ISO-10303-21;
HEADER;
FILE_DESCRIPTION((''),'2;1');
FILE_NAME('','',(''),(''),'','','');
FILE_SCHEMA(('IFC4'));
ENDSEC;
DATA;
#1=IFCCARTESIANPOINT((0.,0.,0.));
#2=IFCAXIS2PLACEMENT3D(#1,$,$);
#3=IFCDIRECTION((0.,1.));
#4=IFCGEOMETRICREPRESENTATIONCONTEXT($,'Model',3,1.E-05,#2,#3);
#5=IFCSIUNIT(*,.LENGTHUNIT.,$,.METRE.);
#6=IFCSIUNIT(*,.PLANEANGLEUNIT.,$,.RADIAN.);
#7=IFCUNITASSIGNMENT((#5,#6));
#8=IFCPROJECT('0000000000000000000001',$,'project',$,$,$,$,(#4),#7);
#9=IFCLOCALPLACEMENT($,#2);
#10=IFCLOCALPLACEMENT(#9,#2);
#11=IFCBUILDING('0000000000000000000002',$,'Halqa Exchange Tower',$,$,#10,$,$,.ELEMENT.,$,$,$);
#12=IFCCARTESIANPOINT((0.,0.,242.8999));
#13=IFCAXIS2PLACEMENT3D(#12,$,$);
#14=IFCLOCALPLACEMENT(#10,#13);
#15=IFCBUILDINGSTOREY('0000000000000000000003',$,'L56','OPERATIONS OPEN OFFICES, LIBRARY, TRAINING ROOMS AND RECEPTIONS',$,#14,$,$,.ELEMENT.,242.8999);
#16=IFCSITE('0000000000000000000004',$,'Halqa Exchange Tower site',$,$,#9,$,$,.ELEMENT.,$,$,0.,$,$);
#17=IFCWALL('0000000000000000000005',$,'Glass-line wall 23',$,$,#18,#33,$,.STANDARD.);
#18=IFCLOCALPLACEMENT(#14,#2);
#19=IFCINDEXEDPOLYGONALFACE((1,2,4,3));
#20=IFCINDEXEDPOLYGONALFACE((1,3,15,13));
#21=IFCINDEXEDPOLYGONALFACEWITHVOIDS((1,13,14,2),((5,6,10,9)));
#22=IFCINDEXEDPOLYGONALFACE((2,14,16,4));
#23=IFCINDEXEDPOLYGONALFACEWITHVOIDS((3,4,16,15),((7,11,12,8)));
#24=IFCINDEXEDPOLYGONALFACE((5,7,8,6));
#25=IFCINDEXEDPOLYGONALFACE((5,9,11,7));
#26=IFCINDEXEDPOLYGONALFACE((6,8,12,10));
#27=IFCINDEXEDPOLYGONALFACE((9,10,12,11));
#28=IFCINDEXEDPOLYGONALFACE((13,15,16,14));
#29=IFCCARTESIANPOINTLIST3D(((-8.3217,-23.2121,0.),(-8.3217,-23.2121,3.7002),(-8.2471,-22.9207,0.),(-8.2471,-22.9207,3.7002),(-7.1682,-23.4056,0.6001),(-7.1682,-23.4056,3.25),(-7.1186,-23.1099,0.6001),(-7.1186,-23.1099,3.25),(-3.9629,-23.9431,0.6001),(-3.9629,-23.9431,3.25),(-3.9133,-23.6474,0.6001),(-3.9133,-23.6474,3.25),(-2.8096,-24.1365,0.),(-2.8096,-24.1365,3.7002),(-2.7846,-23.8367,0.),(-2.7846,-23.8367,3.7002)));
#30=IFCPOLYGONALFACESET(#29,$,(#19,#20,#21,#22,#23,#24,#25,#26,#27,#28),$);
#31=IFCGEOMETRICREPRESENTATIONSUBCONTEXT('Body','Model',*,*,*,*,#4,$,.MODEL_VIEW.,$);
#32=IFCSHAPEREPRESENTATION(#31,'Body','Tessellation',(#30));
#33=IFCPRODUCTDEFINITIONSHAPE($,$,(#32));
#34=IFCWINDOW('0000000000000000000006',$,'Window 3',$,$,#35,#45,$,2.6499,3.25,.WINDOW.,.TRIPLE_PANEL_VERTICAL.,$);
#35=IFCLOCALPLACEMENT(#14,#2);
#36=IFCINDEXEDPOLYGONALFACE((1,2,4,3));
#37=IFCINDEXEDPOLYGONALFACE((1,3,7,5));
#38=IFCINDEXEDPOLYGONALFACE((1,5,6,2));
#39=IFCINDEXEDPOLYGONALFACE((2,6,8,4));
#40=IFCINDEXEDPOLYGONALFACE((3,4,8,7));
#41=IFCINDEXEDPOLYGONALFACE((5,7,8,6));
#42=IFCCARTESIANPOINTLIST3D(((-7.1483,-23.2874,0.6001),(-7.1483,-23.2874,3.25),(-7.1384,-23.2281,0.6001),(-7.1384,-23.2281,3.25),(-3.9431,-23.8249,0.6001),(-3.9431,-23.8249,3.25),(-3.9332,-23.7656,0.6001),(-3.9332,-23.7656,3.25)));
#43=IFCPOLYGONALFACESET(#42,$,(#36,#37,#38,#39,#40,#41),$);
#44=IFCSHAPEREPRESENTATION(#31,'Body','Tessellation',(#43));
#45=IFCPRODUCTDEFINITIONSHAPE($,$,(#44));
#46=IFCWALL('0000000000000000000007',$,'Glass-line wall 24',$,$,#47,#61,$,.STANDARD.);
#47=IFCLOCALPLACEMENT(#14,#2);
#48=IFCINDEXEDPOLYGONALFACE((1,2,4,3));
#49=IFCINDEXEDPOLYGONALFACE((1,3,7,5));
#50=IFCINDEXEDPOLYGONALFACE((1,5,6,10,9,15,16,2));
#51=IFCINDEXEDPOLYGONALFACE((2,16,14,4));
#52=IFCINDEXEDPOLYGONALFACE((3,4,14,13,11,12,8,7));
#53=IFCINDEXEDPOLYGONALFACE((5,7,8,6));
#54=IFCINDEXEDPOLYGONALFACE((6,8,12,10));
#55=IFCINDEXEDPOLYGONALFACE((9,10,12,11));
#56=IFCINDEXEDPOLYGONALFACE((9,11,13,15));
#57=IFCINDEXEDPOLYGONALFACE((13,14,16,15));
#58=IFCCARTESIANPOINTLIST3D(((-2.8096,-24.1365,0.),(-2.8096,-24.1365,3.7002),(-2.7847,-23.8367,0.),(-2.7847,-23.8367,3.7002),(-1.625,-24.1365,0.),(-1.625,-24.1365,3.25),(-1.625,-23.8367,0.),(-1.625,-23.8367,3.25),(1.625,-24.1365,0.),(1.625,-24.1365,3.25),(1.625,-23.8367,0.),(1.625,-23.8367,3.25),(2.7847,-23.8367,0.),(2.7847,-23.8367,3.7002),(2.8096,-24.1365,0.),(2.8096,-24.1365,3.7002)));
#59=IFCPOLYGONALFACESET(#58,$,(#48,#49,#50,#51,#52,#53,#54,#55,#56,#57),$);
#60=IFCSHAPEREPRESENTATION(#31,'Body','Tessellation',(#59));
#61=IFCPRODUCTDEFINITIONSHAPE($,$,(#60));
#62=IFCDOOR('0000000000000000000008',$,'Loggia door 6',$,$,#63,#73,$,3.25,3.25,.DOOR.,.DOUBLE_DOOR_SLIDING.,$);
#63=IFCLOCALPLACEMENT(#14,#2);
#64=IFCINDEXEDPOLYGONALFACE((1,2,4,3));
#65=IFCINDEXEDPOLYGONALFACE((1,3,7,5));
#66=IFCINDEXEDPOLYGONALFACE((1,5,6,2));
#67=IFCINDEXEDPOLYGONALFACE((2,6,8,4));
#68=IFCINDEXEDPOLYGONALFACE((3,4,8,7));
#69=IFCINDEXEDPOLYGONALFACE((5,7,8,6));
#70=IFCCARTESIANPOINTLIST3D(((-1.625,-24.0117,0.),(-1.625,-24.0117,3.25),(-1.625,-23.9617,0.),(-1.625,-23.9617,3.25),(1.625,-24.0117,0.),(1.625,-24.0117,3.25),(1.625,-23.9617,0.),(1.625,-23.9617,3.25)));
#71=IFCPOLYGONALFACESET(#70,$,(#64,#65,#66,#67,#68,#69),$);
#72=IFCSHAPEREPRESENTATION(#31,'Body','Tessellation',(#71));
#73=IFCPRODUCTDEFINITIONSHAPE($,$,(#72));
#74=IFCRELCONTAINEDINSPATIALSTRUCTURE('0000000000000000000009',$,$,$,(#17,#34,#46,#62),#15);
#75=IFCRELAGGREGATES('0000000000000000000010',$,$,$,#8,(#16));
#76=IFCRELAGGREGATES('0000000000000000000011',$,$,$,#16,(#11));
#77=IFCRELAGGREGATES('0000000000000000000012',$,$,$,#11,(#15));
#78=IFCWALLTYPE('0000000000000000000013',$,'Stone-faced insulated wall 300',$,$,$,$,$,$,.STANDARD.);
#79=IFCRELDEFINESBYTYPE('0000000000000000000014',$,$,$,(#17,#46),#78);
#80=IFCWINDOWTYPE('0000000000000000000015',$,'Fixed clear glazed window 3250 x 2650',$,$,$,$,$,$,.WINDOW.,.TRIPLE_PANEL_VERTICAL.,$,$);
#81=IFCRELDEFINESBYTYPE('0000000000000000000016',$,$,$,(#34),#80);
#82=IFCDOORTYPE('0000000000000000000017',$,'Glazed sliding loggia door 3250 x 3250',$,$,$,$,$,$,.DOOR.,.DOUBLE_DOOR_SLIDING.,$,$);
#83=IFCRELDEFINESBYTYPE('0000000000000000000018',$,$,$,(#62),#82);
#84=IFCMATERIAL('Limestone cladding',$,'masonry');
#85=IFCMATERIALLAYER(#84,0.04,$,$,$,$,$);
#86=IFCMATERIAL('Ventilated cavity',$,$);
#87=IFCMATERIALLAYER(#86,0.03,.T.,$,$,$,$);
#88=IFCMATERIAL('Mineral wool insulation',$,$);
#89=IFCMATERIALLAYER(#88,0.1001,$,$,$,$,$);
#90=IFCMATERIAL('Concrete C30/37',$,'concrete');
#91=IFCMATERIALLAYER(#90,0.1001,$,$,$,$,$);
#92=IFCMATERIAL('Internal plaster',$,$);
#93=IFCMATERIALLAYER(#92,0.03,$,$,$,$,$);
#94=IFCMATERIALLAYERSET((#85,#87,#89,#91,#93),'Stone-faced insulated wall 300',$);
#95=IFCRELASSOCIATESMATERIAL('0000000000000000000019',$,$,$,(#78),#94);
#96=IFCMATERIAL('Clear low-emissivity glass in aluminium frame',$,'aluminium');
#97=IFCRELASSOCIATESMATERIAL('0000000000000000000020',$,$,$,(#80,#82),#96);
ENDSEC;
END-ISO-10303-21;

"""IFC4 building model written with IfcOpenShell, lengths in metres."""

from ifc_helpers import new_model, si_unit, direction, frame, frame_2d, origin, place, context, subcontext, project, spatial, polyline, rectangle, outline, extrude, material, layer, layer_set, type_object, element, fill, save


model = new_model("IFC4")

# Units and contexts
model_context = context("Model", 3, precision=1e-05, world=origin(), true_north=direction((0.0, 1.0)))
body_context = subcontext(model_context, "Body", "Model", "MODEL_VIEW")
ifc_project = project(units=[si_unit("LENGTHUNIT", "METRE"), si_unit("PLANEANGLEUNIT", "RADIAN")], contexts=[model_context])

# Site, building, storey
site_placement = place(None, origin())
site = spatial("IfcSite", under=ifc_project, at=site_placement, Name="Halqa Exchange Tower site", CompositionType="ELEMENT", RefElevation=0.0)
building_placement = place(site_placement, origin())
building = spatial("IfcBuilding", under=site, at=building_placement, Name="Halqa Exchange Tower", CompositionType="ELEMENT")
storey_placement = place(building_placement, frame((0.0, 0.0, 242.8999)))
storey = spatial("IfcBuildingStorey", under=building, at=storey_placement, Name="L56", Description="OPERATIONS OPEN OFFICES, LIBRARY, TRAINING ROOMS AND RECEPTIONS", CompositionType="ELEMENT", Elevation=242.8999)

# Shared definitions
ifc_material_1 = material(Name="Concrete C30/37", Category="concrete")

# Wall, opening, window
ifc_material_2 = material(Name="Limestone cladding", Category="masonry")
ifc_layer_1 = layer(ifc_material_2, 0.04)
ifc_material_3 = material(Name="Ventilated cavity")
ifc_layer_2 = layer(ifc_material_3, 0.03, ventilated=True)
ifc_material_4 = material(Name="Mineral wool insulation")
ifc_layer_3 = layer(ifc_material_4, 0.1001)
ifc_layer_4 = layer(ifc_material_1, 0.1001)
ifc_material_5 = material(Name="Internal plaster")
ifc_layer_5 = layer(ifc_material_5, 0.03)
ifc_layer_set_1 = layer_set([ifc_layer_1, ifc_layer_2, ifc_layer_3, ifc_layer_4, ifc_layer_5], Name="Stone-faced insulated wall 300")
wall_type_1 = type_object("IfcWallType", Name="Stone-faced insulated wall 300", PredefinedType="STANDARD", material=ifc_layer_set_1)
wall_1_placement = place(storey_placement, frame((-8.2844, -23.0664, 0.0), z_axis=(0.0, 0.0, 1.0), x_axis=(0.98623, -0.165381, 0.0)))
wall_1 = element("IfcWall", 1, at=wall_1_placement, inside=storey, type_object=wall_type_1, Name="Glass-line wall 23", PredefinedType="STANDARD", context=body_context, shape_type="SweptSolid", body=[
    extrude(outline(polyline([(-0.0127, -0.1499), (5.5764, -0.1499), (5.5515, 0.1499), (0.0127, 0.1499), (-0.0127, -0.1499)])), origin(), (0.0, 0.0, 1.0), 3.7002),
])
opening_1_placement = place(wall_1_placement, frame((1.157, 0.0, 0.6001)))
opening_1 = element("IfcOpeningElement", 2, at=opening_1_placement, cuts=wall_1, PredefinedType="OPENING", context=body_context, shape_type="SweptSolid", body=[
    extrude(rectangle(XDim=3.25, YDim=2.6499, at=frame_2d((1.625, 1.325))), frame((0.0, 0.1621, 0.0), z_axis=(0.0, -1.0, 0.0), x_axis=(1.0, 0.0, 0.0)), (0.0, 0.0, 1.0), 0.324),
])
ifc_material_6 = material(Name="Clear low-emissivity glass in aluminium frame", Category="aluminium")
window_type = type_object("IfcWindowType", Name="Fixed clear glazed window 3250 x 2650", PartitioningType="TRIPLE_PANEL_VERTICAL", PredefinedType="WINDOW", material=ifc_material_6)
window_placement = place(opening_1_placement, origin())
window = element("IfcWindow", 3, at=window_placement, inside=storey, type_object=window_type, Name="Window 3", OverallHeight=2.6499, OverallWidth=3.25, PartitioningType="TRIPLE_PANEL_VERTICAL", PredefinedType="WINDOW", context=body_context, shape_type="SweptSolid", body=[
    extrude(rectangle(XDim=3.25, YDim=2.6499, at=frame_2d((1.625, 1.325))), frame((0.0, 0.03, 0.0), z_axis=(0.0, -1.0, 0.0), x_axis=(1.0, 0.0, 0.0)), (0.0, 0.0, 1.0), 0.0601),
])
fill(opening_1, window)

# Wall, opening, door
wall_2_placement = place(storey_placement, frame((-2.7971, -23.9866, 0.0), z_axis=(0.0, 0.0, 1.0), x_axis=(1.0, 0.0, 0.0)))
wall_2 = element("IfcWall", 4, at=wall_2_placement, inside=storey, type_object=wall_type_1, Name="Glass-line wall 24", PredefinedType="STANDARD", context=body_context, shape_type="SweptSolid", body=[
    extrude(outline(polyline([(-0.0125, -0.1499), (5.6067, -0.1499), (5.5818, 0.1499), (0.0125, 0.1499), (-0.0125, -0.1499)])), origin(), (0.0, 0.0, 1.0), 3.7002),
])
opening_2_placement = place(wall_2_placement, frame((1.1721, 0.0, 0.0)))
opening_2 = element("IfcOpeningElement", 5, at=opening_2_placement, cuts=wall_2, PredefinedType="OPENING", context=body_context, shape_type="SweptSolid", body=[
    extrude(rectangle(XDim=3.25, YDim=3.25, at=frame_2d((1.625, 1.625))), frame((0.0, 0.1621, 0.0), z_axis=(0.0, -1.0, 0.0), x_axis=(1.0, 0.0, 0.0)), (0.0, 0.0, 1.0), 0.324),
])
door_type = type_object("IfcDoorType", Name="Glazed sliding loggia door 3250 x 3250", OperationType="DOUBLE_DOOR_SLIDING", PredefinedType="DOOR", material=ifc_material_6)
door_placement = place(opening_2_placement, origin())
door = element("IfcDoor", 6, at=door_placement, inside=storey, type_object=door_type, Name="Loggia door 6", OperationType="DOUBLE_DOOR_SLIDING", OverallHeight=3.25, OverallWidth=3.25, PredefinedType="DOOR", context=body_context, shape_type="SweptSolid", body=[
    extrude(rectangle(XDim=3.25, YDim=3.25, at=frame_2d((1.625, 1.625))), frame((0.0, 0.0249, 0.0), z_axis=(0.0, -1.0, 0.0), x_axis=(1.0, 0.0, 0.0)), (0.0, 0.0, 1.0), 0.05),
])
fill(opening_2, door)

save(model, "model.ifc")
